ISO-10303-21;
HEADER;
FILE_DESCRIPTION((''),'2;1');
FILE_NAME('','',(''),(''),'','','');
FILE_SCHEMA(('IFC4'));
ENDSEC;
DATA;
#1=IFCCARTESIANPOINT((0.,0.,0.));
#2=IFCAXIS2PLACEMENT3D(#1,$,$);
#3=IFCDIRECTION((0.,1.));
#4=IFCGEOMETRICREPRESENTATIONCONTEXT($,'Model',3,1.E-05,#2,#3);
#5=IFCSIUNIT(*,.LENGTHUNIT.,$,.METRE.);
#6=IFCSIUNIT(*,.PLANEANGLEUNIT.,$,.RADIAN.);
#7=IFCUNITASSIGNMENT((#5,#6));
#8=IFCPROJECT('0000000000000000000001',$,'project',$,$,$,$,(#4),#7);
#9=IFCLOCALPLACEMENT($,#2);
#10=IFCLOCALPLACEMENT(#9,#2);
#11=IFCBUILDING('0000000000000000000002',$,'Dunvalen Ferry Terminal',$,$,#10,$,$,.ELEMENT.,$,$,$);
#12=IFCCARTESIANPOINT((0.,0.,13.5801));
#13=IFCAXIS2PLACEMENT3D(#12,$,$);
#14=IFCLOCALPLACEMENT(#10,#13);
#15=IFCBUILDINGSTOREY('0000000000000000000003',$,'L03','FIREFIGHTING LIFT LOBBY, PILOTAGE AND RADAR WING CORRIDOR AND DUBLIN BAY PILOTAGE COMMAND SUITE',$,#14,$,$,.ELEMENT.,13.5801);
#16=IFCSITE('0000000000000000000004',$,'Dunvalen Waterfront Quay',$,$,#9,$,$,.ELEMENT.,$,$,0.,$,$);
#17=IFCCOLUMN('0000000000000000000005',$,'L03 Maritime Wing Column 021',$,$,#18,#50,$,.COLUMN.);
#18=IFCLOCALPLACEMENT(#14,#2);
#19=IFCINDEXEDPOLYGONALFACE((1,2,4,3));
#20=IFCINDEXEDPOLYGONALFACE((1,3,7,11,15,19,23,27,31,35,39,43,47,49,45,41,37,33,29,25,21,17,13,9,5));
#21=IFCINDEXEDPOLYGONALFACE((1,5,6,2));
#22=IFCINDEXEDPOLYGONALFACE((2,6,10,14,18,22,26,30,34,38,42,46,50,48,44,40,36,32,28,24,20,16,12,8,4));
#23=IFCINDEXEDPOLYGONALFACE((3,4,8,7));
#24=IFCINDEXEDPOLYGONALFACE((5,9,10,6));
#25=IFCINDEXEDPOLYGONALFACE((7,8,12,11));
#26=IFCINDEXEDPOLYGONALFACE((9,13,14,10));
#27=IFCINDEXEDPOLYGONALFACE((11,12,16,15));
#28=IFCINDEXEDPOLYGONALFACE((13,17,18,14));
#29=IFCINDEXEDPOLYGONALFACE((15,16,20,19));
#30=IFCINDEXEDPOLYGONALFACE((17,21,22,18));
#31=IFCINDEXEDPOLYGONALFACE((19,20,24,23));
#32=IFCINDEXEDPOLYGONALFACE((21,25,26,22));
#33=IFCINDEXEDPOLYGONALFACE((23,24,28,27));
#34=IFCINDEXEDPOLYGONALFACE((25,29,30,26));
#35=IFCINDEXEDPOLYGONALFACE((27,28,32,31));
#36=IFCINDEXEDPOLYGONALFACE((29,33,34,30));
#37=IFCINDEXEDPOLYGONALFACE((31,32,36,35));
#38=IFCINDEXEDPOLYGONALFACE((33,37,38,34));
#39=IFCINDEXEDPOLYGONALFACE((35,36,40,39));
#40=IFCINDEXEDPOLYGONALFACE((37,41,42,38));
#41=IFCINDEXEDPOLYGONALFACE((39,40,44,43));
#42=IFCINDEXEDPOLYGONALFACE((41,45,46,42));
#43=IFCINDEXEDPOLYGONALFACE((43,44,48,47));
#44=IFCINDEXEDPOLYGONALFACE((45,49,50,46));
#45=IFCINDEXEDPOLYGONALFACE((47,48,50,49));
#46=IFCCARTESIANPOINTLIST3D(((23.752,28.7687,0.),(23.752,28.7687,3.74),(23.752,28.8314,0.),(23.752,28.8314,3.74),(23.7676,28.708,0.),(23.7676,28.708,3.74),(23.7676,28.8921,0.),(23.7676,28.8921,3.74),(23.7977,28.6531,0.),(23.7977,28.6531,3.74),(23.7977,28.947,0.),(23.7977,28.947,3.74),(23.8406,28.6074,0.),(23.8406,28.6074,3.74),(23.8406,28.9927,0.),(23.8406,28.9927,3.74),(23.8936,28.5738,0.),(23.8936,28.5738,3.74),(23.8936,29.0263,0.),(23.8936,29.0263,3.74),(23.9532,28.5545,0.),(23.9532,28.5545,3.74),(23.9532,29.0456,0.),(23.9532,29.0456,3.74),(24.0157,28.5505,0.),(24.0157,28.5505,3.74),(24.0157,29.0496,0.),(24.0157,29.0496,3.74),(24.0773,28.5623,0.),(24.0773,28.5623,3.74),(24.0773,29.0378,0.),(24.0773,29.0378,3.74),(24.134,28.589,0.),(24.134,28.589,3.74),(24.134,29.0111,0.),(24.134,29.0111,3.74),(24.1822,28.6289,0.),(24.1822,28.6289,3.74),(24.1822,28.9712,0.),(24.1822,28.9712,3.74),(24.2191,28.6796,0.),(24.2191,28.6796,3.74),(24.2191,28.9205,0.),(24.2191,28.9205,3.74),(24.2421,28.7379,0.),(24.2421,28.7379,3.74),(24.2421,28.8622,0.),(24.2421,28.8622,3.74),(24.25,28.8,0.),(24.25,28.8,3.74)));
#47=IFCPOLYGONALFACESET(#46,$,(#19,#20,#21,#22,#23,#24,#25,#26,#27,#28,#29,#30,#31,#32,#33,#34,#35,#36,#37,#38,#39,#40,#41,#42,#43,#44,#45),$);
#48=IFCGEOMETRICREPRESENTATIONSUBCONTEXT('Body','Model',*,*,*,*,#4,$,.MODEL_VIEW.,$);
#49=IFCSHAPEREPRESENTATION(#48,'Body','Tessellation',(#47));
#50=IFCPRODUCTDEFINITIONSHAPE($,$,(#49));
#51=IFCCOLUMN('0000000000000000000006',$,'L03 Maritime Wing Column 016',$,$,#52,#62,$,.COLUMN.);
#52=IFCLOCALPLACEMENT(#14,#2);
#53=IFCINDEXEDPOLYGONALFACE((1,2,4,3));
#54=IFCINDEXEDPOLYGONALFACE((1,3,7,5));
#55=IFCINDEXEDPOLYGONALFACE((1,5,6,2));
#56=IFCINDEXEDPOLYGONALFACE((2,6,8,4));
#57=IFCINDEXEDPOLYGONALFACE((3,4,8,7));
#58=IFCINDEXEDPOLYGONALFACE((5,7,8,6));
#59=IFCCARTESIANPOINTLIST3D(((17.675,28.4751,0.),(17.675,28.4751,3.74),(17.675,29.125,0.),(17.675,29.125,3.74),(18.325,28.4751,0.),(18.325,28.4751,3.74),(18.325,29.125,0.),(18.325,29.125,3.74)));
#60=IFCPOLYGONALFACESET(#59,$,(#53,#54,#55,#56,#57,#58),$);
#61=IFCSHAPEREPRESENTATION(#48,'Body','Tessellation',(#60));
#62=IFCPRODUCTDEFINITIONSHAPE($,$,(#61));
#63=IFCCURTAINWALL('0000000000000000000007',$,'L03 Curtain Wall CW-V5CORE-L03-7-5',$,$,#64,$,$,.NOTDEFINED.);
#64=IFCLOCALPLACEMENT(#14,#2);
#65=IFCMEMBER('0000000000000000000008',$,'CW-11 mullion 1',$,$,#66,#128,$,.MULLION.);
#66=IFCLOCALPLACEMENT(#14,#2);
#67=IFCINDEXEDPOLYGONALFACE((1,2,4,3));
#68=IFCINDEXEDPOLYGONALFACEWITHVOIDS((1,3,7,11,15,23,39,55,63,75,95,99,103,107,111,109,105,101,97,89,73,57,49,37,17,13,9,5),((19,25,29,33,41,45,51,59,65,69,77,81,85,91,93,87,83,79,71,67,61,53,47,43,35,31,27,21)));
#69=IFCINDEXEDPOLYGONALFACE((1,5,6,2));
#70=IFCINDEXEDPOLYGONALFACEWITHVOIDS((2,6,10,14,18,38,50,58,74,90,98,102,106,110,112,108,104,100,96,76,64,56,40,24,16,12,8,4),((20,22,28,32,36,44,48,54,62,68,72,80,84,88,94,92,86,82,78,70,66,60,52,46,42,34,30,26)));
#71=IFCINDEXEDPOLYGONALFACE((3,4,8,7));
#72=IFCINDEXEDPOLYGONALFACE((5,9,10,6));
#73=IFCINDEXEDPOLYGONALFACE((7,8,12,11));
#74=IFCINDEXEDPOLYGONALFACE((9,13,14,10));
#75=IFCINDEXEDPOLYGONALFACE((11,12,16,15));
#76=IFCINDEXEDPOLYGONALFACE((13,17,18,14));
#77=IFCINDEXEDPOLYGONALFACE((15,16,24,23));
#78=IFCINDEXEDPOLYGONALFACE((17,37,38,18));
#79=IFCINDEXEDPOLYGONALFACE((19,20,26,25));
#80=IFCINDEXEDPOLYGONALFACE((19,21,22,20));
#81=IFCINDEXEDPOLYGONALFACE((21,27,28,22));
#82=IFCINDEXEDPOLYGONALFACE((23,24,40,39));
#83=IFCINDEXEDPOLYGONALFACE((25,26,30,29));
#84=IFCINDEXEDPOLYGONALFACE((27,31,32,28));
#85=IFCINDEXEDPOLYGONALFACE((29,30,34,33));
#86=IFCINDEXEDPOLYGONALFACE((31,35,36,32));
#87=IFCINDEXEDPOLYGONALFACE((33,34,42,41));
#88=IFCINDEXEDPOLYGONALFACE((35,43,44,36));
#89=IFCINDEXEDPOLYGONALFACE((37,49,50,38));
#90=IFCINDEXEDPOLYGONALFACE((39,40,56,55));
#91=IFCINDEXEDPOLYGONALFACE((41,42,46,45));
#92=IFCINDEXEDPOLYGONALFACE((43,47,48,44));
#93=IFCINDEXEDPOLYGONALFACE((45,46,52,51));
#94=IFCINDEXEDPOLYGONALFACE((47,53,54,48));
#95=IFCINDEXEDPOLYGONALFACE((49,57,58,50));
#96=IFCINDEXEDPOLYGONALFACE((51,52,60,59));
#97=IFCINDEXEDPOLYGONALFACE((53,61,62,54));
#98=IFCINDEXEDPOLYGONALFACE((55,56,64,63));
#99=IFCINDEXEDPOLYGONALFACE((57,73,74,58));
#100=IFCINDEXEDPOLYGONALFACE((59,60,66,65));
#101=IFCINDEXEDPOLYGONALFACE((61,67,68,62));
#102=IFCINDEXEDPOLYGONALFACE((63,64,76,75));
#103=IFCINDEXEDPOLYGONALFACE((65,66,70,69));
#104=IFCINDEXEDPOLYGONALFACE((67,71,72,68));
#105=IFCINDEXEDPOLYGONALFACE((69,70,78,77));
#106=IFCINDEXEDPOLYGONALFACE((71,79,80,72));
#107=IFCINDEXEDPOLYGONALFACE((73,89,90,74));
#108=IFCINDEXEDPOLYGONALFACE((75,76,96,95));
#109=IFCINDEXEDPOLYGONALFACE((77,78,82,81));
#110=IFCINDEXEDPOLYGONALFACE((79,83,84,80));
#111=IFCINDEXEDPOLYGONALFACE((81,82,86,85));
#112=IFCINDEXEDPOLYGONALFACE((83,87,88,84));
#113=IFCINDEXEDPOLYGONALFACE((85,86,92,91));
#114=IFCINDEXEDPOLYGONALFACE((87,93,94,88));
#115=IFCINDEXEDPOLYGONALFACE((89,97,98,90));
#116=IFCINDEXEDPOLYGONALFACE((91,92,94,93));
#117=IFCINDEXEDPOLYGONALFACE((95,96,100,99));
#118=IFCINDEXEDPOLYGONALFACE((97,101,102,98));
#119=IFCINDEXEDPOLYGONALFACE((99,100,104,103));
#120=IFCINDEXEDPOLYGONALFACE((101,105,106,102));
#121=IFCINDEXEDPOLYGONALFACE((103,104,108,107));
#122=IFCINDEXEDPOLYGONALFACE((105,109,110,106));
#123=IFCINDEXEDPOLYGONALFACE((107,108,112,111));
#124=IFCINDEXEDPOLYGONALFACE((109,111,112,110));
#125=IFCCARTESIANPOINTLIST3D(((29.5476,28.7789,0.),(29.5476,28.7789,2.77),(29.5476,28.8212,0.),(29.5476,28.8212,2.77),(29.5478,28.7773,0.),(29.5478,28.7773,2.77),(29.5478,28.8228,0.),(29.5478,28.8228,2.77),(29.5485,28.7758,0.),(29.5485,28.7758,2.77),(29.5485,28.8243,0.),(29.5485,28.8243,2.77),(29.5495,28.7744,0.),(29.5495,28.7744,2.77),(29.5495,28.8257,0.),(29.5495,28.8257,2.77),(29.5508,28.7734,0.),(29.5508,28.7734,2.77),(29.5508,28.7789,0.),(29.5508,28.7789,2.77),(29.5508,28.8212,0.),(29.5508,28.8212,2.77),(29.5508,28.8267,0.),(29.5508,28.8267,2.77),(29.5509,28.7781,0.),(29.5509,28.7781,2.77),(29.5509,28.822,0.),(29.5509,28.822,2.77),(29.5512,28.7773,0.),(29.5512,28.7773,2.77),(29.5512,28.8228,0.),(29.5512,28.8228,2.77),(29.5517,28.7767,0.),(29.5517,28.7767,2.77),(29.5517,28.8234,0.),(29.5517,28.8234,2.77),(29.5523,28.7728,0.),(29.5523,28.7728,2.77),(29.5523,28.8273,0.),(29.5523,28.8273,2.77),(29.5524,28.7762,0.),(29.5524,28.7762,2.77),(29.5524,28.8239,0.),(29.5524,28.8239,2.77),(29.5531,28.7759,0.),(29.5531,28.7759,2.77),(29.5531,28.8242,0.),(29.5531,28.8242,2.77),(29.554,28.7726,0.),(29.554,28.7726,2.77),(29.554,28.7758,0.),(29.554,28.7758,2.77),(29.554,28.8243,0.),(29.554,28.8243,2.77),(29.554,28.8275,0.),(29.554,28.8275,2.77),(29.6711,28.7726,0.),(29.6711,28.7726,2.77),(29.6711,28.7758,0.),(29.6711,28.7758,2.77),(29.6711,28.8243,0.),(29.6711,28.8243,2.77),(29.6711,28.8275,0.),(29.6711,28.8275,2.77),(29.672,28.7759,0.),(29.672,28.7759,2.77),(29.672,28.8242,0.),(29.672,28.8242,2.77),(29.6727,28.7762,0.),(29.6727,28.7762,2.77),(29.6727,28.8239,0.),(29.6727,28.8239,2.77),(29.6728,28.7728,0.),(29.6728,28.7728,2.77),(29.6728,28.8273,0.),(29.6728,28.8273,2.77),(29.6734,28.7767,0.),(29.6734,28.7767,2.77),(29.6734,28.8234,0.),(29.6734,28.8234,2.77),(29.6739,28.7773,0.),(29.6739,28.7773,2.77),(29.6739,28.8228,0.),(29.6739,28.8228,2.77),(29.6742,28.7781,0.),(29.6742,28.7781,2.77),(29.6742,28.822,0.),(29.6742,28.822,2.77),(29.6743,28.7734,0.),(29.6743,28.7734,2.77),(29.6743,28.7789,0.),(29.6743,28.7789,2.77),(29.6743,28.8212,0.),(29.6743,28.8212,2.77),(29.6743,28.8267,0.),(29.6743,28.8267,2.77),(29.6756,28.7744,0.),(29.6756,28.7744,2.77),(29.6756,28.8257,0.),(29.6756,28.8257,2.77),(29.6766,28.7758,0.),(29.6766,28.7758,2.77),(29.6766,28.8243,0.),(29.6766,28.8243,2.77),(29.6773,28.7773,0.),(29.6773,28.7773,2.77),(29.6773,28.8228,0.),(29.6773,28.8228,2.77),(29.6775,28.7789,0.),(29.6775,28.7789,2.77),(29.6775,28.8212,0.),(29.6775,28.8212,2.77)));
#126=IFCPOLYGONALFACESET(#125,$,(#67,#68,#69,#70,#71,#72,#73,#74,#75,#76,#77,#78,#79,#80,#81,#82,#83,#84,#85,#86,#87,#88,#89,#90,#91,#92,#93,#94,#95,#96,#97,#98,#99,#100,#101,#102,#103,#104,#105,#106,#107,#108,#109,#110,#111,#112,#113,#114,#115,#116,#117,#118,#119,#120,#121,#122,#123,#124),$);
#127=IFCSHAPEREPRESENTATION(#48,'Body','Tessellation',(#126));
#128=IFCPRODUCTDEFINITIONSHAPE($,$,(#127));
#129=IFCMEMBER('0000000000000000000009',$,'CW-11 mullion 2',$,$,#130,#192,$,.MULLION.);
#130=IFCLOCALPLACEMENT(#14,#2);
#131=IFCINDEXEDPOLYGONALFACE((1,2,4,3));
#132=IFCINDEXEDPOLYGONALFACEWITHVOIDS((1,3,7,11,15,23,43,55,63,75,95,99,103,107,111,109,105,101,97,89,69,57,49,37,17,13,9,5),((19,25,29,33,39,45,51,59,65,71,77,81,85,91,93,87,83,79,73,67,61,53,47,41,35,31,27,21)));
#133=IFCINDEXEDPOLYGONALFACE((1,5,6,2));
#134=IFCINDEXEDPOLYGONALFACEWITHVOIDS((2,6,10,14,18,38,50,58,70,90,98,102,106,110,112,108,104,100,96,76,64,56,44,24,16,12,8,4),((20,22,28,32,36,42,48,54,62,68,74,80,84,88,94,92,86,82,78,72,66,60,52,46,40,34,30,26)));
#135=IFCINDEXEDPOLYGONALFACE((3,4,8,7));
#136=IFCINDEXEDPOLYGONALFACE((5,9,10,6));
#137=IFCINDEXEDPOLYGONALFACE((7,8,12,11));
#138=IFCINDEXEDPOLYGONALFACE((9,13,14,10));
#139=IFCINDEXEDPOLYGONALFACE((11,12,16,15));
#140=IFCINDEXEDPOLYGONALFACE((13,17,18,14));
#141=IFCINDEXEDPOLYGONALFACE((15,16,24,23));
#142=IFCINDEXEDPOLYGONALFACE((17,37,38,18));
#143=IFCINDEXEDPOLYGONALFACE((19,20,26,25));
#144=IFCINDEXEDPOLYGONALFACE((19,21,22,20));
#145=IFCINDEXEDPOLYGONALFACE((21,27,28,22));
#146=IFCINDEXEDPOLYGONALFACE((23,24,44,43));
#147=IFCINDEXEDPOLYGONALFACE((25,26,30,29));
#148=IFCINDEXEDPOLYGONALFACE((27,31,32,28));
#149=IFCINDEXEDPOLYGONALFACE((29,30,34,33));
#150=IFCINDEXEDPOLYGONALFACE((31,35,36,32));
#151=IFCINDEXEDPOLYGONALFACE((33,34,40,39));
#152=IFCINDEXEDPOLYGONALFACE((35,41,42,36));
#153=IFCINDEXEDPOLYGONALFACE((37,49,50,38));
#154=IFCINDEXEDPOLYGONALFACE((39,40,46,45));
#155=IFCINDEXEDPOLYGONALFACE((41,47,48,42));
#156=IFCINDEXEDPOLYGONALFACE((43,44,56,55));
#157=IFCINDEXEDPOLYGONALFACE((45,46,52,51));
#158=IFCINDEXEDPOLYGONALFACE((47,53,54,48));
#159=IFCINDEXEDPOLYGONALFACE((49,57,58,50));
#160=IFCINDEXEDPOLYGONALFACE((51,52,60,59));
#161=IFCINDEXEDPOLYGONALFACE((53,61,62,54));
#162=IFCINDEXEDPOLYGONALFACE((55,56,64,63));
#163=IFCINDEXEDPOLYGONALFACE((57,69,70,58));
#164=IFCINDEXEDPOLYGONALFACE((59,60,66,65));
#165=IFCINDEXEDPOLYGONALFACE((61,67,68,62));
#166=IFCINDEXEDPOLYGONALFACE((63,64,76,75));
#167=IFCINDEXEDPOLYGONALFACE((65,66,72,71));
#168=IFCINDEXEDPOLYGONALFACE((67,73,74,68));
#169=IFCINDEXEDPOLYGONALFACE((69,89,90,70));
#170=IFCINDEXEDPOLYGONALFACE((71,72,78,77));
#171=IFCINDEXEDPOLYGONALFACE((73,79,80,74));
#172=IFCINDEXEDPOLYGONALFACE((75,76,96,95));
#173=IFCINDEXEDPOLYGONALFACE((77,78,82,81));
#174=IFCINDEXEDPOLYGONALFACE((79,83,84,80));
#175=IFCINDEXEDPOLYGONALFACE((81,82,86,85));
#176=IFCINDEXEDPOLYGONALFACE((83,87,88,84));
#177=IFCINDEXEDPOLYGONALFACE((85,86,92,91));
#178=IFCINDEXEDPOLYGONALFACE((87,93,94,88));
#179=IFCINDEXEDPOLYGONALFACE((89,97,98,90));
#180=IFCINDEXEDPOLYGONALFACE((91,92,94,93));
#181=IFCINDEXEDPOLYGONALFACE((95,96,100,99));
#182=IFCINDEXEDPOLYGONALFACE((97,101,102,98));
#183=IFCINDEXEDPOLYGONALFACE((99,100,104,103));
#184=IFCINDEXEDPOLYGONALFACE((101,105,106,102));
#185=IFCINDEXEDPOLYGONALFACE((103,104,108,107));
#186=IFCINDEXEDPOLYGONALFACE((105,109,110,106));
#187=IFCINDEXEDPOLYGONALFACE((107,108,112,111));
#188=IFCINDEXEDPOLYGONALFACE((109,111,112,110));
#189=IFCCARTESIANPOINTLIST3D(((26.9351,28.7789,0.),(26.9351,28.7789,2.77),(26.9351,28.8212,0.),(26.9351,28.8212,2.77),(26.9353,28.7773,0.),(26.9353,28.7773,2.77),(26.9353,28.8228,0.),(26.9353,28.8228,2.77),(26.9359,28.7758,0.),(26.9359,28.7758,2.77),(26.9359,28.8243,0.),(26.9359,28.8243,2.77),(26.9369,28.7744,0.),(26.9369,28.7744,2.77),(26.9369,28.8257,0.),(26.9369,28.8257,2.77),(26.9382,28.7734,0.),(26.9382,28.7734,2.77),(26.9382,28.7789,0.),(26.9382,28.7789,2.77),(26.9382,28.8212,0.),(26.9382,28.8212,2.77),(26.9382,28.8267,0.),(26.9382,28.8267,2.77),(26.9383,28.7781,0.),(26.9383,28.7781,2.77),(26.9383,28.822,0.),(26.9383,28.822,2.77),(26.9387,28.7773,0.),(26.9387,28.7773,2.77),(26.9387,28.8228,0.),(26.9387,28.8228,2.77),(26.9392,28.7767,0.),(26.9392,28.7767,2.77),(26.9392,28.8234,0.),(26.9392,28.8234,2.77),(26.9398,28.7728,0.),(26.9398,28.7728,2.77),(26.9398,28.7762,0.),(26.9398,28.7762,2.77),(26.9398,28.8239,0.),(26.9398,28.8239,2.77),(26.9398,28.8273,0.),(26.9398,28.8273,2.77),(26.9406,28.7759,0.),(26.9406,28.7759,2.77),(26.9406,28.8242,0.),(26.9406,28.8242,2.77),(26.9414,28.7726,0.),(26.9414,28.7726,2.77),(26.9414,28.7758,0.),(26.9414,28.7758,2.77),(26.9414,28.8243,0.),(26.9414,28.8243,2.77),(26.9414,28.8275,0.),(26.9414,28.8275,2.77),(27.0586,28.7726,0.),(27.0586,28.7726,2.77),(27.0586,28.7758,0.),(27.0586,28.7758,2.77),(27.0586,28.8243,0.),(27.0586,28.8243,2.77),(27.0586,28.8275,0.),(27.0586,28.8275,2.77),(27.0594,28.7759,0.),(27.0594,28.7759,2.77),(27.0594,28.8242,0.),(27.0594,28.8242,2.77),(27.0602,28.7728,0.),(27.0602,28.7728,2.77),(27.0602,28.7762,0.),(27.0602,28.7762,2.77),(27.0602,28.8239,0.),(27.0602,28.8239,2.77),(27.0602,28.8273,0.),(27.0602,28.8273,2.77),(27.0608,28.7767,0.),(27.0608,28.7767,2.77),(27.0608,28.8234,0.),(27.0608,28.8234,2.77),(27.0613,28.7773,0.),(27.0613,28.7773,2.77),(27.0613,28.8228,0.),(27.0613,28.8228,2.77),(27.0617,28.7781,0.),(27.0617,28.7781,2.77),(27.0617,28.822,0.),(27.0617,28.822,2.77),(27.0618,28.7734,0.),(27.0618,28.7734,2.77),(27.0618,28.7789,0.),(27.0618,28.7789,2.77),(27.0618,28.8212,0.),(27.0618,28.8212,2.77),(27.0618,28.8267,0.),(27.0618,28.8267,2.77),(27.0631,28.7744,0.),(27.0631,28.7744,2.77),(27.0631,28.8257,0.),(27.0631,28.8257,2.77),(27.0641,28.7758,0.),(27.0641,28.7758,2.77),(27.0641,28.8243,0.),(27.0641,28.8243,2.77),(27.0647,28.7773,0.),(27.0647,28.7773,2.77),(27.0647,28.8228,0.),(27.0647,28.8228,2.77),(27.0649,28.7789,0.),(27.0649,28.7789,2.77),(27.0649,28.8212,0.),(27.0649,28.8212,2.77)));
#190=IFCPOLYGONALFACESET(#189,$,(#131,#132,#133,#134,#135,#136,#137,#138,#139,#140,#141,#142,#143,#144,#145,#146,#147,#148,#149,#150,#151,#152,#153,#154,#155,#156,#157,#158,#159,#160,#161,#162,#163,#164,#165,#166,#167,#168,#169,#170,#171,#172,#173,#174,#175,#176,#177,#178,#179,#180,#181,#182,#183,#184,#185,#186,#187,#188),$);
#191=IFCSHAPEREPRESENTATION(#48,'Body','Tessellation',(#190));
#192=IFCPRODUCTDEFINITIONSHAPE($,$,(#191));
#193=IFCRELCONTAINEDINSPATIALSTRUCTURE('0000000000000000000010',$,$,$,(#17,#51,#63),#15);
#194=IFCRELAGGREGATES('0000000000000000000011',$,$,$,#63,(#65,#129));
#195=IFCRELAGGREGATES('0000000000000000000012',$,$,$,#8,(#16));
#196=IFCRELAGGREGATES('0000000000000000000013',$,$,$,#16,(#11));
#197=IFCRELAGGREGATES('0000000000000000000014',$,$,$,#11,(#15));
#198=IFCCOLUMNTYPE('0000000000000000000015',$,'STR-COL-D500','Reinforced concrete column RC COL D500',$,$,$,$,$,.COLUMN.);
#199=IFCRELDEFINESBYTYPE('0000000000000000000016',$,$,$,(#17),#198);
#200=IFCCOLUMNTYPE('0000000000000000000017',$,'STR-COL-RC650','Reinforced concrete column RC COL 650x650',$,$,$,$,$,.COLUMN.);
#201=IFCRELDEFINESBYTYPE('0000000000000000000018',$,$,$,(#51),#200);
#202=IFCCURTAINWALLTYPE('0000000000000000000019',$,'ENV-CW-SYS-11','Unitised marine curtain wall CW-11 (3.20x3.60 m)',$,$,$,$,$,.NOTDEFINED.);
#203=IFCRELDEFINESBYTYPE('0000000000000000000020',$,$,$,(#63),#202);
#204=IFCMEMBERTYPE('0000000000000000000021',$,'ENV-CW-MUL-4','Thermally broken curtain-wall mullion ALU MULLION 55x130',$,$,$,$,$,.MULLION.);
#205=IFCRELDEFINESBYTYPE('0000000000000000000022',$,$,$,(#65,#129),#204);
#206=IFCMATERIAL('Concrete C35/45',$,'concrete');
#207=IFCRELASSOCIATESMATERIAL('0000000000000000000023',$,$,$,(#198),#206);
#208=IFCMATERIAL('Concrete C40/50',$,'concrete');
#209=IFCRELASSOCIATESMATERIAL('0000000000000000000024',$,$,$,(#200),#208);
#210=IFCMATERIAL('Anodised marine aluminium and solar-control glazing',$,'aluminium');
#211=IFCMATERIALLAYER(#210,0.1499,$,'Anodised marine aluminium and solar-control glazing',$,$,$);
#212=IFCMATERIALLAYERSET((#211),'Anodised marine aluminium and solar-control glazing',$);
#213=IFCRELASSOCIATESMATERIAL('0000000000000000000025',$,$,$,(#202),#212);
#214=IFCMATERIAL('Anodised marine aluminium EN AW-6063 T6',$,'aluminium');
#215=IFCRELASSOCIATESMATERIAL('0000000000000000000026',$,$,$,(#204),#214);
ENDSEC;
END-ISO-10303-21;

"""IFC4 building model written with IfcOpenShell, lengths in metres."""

from ifc_helpers import new_model, si_unit, direction, frame, origin, origin_2d, place, context, subcontext, project, spatial, rectangle, hollow_rectangle, circle, extrude, material, layer, layer_set, material_profile, profile_set, type_object, element, aggregate, save


model = new_model("IFC4")

# Units and contexts
model_context = context("Model", 3, precision=1e-05, world=origin(), true_north=direction((0.0, 1.0)))
body_context = subcontext(model_context, "Body", "Model", "MODEL_VIEW")
ifc_project = project(units=[si_unit("LENGTHUNIT", "METRE"), si_unit("PLANEANGLEUNIT", "RADIAN")], contexts=[model_context])

# Site, building, storey
site_placement = place(None, origin())
site = spatial("IfcSite", under=ifc_project, at=site_placement, Name="Dunvalen Waterfront Quay", CompositionType="ELEMENT", RefElevation=0.0)
building_placement = place(site_placement, origin())
building = spatial("IfcBuilding", under=site, at=building_placement, Name="Dunvalen Ferry Terminal", CompositionType="ELEMENT")
storey_placement = place(building_placement, frame((0.0, 0.0, 13.5801)))
storey = spatial("IfcBuildingStorey", under=building, at=storey_placement, Name="L03", Description="FIREFIGHTING LIFT LOBBY, PILOTAGE AND RADAR WING CORRIDOR AND DUBLIN BAY PILOTAGE COMMAND SUITE", CompositionType="ELEMENT", Elevation=13.5801)

# Columns
ifc_material_1 = material(Name="Concrete C35/45", Category="concrete")
ifc_material_profile_1 = material_profile(ifc_material_1, circle(Radius=0.25, at=origin_2d()), Name="Concrete C35/45")
ifc_profile_set_1 = profile_set([ifc_material_profile_1], Name="Concrete C35/45")
column_type_1 = type_object("IfcColumnType", Name="STR-COL-D500", Description="Reinforced concrete column RC COL D500", PredefinedType="COLUMN", material=ifc_profile_set_1)
column_1_placement = place(storey_placement, frame((24.0, 28.8, 0.0), z_axis=(0.0, 0.0, 1.0), x_axis=(1.0, 0.0, 0.0)))
element("IfcColumn", 1, at=column_1_placement, inside=storey, type_object=column_type_1, Name="L03 Maritime Wing Column 021", PredefinedType="COLUMN", context=body_context, shape_type="SweptSolid", body=[
    extrude(circle(Radius=0.25, at=origin_2d()), origin(), (0.0, 0.0, 1.0), 3.74),
])
ifc_material_2 = material(Name="Concrete C40/50", Category="concrete")
ifc_material_profile_2 = material_profile(ifc_material_2, rectangle(XDim=0.6499, YDim=0.6499, at=origin_2d()), Name="Concrete C40/50")
ifc_profile_set_2 = profile_set([ifc_material_profile_2], Name="Concrete C40/50")
column_type_2 = type_object("IfcColumnType", Name="STR-COL-RC650", Description="Reinforced concrete column RC COL 650x650", PredefinedType="COLUMN", material=ifc_profile_set_2)
column_2_placement = place(storey_placement, frame((18.0, 28.8, 0.0), z_axis=(0.0, 0.0, 1.0), x_axis=(1.0, 0.0, 0.0)))
element("IfcColumn", 2, at=column_2_placement, inside=storey, type_object=column_type_2, Name="L03 Maritime Wing Column 016", PredefinedType="COLUMN", context=body_context, shape_type="SweptSolid", body=[
    extrude(rectangle(XDim=0.6499, YDim=0.6499, at=origin_2d()), origin(), (0.0, 0.0, 1.0), 3.74),
])

# Curtain wall, members
ifc_material_3 = material(Name="Anodised marine aluminium and solar-control glazing", Category="aluminium")
ifc_layer_1 = layer(ifc_material_3, 0.1499, Name="Anodised marine aluminium and solar-control glazing")
ifc_layer_set_1 = layer_set([ifc_layer_1], Name="Anodised marine aluminium and solar-control glazing")
curtain_wall_type = type_object("IfcCurtainWallType", Name="ENV-CW-SYS-11", Description="Unitised marine curtain wall CW-11 (3.20x3.60 m)", PredefinedType="NOTDEFINED", material=ifc_layer_set_1)
curtain_wall_placement = place(storey_placement, origin())
curtain_wall = element("IfcCurtainWall", 3, at=curtain_wall_placement, inside=storey, type_object=curtain_wall_type, Name="L03 Curtain Wall CW-V5CORE-L03-7-5", PredefinedType="NOTDEFINED")
ifc_material_4 = material(Name="Anodised marine aluminium EN AW-6063 T6", Category="aluminium")
ifc_material_profile_3 = material_profile(ifc_material_4, hollow_rectangle(XDim=0.0549, YDim=0.1299, WallThickness=0.0032, InnerFilletRadius=0.0032, OuterFilletRadius=0.0063, at=origin_2d()), Name="Anodised marine aluminium EN AW-6063 T6")
ifc_profile_set_3 = profile_set([ifc_material_profile_3], Name="Anodised marine aluminium EN AW-6063 T6")
member_type_1 = type_object("IfcMemberType", Name="ENV-CW-MUL-4", Description="Thermally broken curtain-wall mullion ALU MULLION 55x130", PredefinedType="MULLION", material=ifc_profile_set_3)
member_1_placement = place(storey_placement, frame((29.6125, 28.8, 0.0), z_axis=(0.0, 0.0, 1.0), x_axis=(0.0, -1.0, 0.0)))
member_1 = element("IfcMember", 4, at=member_1_placement, type_object=member_type_1, Name="CW-11 mullion 1", PredefinedType="MULLION", context=body_context, shape_type="SweptSolid", body=[
    extrude(hollow_rectangle(XDim=0.0549, YDim=0.1299, WallThickness=0.0032, InnerFilletRadius=0.0032, OuterFilletRadius=0.0063, at=origin_2d()), origin(), (0.0, 0.0, 1.0), 2.77),
])
member_2_placement = place(storey_placement, frame((27.0, 28.8, 0.0), z_axis=(0.0, 0.0, 1.0), x_axis=(0.0, -1.0, 0.0)))
member_2 = element("IfcMember", 5, at=member_2_placement, type_object=member_type_1, Name="CW-11 mullion 2", PredefinedType="MULLION", context=body_context, shape_type="SweptSolid", body=[
    extrude(hollow_rectangle(XDim=0.0549, YDim=0.1299, WallThickness=0.0032, InnerFilletRadius=0.0032, OuterFilletRadius=0.0063, at=origin_2d()), origin(), (0.0, 0.0, 1.0), 2.77),
])

aggregate(curtain_wall, [member_1, member_2])

save(model, "model.ifc")
